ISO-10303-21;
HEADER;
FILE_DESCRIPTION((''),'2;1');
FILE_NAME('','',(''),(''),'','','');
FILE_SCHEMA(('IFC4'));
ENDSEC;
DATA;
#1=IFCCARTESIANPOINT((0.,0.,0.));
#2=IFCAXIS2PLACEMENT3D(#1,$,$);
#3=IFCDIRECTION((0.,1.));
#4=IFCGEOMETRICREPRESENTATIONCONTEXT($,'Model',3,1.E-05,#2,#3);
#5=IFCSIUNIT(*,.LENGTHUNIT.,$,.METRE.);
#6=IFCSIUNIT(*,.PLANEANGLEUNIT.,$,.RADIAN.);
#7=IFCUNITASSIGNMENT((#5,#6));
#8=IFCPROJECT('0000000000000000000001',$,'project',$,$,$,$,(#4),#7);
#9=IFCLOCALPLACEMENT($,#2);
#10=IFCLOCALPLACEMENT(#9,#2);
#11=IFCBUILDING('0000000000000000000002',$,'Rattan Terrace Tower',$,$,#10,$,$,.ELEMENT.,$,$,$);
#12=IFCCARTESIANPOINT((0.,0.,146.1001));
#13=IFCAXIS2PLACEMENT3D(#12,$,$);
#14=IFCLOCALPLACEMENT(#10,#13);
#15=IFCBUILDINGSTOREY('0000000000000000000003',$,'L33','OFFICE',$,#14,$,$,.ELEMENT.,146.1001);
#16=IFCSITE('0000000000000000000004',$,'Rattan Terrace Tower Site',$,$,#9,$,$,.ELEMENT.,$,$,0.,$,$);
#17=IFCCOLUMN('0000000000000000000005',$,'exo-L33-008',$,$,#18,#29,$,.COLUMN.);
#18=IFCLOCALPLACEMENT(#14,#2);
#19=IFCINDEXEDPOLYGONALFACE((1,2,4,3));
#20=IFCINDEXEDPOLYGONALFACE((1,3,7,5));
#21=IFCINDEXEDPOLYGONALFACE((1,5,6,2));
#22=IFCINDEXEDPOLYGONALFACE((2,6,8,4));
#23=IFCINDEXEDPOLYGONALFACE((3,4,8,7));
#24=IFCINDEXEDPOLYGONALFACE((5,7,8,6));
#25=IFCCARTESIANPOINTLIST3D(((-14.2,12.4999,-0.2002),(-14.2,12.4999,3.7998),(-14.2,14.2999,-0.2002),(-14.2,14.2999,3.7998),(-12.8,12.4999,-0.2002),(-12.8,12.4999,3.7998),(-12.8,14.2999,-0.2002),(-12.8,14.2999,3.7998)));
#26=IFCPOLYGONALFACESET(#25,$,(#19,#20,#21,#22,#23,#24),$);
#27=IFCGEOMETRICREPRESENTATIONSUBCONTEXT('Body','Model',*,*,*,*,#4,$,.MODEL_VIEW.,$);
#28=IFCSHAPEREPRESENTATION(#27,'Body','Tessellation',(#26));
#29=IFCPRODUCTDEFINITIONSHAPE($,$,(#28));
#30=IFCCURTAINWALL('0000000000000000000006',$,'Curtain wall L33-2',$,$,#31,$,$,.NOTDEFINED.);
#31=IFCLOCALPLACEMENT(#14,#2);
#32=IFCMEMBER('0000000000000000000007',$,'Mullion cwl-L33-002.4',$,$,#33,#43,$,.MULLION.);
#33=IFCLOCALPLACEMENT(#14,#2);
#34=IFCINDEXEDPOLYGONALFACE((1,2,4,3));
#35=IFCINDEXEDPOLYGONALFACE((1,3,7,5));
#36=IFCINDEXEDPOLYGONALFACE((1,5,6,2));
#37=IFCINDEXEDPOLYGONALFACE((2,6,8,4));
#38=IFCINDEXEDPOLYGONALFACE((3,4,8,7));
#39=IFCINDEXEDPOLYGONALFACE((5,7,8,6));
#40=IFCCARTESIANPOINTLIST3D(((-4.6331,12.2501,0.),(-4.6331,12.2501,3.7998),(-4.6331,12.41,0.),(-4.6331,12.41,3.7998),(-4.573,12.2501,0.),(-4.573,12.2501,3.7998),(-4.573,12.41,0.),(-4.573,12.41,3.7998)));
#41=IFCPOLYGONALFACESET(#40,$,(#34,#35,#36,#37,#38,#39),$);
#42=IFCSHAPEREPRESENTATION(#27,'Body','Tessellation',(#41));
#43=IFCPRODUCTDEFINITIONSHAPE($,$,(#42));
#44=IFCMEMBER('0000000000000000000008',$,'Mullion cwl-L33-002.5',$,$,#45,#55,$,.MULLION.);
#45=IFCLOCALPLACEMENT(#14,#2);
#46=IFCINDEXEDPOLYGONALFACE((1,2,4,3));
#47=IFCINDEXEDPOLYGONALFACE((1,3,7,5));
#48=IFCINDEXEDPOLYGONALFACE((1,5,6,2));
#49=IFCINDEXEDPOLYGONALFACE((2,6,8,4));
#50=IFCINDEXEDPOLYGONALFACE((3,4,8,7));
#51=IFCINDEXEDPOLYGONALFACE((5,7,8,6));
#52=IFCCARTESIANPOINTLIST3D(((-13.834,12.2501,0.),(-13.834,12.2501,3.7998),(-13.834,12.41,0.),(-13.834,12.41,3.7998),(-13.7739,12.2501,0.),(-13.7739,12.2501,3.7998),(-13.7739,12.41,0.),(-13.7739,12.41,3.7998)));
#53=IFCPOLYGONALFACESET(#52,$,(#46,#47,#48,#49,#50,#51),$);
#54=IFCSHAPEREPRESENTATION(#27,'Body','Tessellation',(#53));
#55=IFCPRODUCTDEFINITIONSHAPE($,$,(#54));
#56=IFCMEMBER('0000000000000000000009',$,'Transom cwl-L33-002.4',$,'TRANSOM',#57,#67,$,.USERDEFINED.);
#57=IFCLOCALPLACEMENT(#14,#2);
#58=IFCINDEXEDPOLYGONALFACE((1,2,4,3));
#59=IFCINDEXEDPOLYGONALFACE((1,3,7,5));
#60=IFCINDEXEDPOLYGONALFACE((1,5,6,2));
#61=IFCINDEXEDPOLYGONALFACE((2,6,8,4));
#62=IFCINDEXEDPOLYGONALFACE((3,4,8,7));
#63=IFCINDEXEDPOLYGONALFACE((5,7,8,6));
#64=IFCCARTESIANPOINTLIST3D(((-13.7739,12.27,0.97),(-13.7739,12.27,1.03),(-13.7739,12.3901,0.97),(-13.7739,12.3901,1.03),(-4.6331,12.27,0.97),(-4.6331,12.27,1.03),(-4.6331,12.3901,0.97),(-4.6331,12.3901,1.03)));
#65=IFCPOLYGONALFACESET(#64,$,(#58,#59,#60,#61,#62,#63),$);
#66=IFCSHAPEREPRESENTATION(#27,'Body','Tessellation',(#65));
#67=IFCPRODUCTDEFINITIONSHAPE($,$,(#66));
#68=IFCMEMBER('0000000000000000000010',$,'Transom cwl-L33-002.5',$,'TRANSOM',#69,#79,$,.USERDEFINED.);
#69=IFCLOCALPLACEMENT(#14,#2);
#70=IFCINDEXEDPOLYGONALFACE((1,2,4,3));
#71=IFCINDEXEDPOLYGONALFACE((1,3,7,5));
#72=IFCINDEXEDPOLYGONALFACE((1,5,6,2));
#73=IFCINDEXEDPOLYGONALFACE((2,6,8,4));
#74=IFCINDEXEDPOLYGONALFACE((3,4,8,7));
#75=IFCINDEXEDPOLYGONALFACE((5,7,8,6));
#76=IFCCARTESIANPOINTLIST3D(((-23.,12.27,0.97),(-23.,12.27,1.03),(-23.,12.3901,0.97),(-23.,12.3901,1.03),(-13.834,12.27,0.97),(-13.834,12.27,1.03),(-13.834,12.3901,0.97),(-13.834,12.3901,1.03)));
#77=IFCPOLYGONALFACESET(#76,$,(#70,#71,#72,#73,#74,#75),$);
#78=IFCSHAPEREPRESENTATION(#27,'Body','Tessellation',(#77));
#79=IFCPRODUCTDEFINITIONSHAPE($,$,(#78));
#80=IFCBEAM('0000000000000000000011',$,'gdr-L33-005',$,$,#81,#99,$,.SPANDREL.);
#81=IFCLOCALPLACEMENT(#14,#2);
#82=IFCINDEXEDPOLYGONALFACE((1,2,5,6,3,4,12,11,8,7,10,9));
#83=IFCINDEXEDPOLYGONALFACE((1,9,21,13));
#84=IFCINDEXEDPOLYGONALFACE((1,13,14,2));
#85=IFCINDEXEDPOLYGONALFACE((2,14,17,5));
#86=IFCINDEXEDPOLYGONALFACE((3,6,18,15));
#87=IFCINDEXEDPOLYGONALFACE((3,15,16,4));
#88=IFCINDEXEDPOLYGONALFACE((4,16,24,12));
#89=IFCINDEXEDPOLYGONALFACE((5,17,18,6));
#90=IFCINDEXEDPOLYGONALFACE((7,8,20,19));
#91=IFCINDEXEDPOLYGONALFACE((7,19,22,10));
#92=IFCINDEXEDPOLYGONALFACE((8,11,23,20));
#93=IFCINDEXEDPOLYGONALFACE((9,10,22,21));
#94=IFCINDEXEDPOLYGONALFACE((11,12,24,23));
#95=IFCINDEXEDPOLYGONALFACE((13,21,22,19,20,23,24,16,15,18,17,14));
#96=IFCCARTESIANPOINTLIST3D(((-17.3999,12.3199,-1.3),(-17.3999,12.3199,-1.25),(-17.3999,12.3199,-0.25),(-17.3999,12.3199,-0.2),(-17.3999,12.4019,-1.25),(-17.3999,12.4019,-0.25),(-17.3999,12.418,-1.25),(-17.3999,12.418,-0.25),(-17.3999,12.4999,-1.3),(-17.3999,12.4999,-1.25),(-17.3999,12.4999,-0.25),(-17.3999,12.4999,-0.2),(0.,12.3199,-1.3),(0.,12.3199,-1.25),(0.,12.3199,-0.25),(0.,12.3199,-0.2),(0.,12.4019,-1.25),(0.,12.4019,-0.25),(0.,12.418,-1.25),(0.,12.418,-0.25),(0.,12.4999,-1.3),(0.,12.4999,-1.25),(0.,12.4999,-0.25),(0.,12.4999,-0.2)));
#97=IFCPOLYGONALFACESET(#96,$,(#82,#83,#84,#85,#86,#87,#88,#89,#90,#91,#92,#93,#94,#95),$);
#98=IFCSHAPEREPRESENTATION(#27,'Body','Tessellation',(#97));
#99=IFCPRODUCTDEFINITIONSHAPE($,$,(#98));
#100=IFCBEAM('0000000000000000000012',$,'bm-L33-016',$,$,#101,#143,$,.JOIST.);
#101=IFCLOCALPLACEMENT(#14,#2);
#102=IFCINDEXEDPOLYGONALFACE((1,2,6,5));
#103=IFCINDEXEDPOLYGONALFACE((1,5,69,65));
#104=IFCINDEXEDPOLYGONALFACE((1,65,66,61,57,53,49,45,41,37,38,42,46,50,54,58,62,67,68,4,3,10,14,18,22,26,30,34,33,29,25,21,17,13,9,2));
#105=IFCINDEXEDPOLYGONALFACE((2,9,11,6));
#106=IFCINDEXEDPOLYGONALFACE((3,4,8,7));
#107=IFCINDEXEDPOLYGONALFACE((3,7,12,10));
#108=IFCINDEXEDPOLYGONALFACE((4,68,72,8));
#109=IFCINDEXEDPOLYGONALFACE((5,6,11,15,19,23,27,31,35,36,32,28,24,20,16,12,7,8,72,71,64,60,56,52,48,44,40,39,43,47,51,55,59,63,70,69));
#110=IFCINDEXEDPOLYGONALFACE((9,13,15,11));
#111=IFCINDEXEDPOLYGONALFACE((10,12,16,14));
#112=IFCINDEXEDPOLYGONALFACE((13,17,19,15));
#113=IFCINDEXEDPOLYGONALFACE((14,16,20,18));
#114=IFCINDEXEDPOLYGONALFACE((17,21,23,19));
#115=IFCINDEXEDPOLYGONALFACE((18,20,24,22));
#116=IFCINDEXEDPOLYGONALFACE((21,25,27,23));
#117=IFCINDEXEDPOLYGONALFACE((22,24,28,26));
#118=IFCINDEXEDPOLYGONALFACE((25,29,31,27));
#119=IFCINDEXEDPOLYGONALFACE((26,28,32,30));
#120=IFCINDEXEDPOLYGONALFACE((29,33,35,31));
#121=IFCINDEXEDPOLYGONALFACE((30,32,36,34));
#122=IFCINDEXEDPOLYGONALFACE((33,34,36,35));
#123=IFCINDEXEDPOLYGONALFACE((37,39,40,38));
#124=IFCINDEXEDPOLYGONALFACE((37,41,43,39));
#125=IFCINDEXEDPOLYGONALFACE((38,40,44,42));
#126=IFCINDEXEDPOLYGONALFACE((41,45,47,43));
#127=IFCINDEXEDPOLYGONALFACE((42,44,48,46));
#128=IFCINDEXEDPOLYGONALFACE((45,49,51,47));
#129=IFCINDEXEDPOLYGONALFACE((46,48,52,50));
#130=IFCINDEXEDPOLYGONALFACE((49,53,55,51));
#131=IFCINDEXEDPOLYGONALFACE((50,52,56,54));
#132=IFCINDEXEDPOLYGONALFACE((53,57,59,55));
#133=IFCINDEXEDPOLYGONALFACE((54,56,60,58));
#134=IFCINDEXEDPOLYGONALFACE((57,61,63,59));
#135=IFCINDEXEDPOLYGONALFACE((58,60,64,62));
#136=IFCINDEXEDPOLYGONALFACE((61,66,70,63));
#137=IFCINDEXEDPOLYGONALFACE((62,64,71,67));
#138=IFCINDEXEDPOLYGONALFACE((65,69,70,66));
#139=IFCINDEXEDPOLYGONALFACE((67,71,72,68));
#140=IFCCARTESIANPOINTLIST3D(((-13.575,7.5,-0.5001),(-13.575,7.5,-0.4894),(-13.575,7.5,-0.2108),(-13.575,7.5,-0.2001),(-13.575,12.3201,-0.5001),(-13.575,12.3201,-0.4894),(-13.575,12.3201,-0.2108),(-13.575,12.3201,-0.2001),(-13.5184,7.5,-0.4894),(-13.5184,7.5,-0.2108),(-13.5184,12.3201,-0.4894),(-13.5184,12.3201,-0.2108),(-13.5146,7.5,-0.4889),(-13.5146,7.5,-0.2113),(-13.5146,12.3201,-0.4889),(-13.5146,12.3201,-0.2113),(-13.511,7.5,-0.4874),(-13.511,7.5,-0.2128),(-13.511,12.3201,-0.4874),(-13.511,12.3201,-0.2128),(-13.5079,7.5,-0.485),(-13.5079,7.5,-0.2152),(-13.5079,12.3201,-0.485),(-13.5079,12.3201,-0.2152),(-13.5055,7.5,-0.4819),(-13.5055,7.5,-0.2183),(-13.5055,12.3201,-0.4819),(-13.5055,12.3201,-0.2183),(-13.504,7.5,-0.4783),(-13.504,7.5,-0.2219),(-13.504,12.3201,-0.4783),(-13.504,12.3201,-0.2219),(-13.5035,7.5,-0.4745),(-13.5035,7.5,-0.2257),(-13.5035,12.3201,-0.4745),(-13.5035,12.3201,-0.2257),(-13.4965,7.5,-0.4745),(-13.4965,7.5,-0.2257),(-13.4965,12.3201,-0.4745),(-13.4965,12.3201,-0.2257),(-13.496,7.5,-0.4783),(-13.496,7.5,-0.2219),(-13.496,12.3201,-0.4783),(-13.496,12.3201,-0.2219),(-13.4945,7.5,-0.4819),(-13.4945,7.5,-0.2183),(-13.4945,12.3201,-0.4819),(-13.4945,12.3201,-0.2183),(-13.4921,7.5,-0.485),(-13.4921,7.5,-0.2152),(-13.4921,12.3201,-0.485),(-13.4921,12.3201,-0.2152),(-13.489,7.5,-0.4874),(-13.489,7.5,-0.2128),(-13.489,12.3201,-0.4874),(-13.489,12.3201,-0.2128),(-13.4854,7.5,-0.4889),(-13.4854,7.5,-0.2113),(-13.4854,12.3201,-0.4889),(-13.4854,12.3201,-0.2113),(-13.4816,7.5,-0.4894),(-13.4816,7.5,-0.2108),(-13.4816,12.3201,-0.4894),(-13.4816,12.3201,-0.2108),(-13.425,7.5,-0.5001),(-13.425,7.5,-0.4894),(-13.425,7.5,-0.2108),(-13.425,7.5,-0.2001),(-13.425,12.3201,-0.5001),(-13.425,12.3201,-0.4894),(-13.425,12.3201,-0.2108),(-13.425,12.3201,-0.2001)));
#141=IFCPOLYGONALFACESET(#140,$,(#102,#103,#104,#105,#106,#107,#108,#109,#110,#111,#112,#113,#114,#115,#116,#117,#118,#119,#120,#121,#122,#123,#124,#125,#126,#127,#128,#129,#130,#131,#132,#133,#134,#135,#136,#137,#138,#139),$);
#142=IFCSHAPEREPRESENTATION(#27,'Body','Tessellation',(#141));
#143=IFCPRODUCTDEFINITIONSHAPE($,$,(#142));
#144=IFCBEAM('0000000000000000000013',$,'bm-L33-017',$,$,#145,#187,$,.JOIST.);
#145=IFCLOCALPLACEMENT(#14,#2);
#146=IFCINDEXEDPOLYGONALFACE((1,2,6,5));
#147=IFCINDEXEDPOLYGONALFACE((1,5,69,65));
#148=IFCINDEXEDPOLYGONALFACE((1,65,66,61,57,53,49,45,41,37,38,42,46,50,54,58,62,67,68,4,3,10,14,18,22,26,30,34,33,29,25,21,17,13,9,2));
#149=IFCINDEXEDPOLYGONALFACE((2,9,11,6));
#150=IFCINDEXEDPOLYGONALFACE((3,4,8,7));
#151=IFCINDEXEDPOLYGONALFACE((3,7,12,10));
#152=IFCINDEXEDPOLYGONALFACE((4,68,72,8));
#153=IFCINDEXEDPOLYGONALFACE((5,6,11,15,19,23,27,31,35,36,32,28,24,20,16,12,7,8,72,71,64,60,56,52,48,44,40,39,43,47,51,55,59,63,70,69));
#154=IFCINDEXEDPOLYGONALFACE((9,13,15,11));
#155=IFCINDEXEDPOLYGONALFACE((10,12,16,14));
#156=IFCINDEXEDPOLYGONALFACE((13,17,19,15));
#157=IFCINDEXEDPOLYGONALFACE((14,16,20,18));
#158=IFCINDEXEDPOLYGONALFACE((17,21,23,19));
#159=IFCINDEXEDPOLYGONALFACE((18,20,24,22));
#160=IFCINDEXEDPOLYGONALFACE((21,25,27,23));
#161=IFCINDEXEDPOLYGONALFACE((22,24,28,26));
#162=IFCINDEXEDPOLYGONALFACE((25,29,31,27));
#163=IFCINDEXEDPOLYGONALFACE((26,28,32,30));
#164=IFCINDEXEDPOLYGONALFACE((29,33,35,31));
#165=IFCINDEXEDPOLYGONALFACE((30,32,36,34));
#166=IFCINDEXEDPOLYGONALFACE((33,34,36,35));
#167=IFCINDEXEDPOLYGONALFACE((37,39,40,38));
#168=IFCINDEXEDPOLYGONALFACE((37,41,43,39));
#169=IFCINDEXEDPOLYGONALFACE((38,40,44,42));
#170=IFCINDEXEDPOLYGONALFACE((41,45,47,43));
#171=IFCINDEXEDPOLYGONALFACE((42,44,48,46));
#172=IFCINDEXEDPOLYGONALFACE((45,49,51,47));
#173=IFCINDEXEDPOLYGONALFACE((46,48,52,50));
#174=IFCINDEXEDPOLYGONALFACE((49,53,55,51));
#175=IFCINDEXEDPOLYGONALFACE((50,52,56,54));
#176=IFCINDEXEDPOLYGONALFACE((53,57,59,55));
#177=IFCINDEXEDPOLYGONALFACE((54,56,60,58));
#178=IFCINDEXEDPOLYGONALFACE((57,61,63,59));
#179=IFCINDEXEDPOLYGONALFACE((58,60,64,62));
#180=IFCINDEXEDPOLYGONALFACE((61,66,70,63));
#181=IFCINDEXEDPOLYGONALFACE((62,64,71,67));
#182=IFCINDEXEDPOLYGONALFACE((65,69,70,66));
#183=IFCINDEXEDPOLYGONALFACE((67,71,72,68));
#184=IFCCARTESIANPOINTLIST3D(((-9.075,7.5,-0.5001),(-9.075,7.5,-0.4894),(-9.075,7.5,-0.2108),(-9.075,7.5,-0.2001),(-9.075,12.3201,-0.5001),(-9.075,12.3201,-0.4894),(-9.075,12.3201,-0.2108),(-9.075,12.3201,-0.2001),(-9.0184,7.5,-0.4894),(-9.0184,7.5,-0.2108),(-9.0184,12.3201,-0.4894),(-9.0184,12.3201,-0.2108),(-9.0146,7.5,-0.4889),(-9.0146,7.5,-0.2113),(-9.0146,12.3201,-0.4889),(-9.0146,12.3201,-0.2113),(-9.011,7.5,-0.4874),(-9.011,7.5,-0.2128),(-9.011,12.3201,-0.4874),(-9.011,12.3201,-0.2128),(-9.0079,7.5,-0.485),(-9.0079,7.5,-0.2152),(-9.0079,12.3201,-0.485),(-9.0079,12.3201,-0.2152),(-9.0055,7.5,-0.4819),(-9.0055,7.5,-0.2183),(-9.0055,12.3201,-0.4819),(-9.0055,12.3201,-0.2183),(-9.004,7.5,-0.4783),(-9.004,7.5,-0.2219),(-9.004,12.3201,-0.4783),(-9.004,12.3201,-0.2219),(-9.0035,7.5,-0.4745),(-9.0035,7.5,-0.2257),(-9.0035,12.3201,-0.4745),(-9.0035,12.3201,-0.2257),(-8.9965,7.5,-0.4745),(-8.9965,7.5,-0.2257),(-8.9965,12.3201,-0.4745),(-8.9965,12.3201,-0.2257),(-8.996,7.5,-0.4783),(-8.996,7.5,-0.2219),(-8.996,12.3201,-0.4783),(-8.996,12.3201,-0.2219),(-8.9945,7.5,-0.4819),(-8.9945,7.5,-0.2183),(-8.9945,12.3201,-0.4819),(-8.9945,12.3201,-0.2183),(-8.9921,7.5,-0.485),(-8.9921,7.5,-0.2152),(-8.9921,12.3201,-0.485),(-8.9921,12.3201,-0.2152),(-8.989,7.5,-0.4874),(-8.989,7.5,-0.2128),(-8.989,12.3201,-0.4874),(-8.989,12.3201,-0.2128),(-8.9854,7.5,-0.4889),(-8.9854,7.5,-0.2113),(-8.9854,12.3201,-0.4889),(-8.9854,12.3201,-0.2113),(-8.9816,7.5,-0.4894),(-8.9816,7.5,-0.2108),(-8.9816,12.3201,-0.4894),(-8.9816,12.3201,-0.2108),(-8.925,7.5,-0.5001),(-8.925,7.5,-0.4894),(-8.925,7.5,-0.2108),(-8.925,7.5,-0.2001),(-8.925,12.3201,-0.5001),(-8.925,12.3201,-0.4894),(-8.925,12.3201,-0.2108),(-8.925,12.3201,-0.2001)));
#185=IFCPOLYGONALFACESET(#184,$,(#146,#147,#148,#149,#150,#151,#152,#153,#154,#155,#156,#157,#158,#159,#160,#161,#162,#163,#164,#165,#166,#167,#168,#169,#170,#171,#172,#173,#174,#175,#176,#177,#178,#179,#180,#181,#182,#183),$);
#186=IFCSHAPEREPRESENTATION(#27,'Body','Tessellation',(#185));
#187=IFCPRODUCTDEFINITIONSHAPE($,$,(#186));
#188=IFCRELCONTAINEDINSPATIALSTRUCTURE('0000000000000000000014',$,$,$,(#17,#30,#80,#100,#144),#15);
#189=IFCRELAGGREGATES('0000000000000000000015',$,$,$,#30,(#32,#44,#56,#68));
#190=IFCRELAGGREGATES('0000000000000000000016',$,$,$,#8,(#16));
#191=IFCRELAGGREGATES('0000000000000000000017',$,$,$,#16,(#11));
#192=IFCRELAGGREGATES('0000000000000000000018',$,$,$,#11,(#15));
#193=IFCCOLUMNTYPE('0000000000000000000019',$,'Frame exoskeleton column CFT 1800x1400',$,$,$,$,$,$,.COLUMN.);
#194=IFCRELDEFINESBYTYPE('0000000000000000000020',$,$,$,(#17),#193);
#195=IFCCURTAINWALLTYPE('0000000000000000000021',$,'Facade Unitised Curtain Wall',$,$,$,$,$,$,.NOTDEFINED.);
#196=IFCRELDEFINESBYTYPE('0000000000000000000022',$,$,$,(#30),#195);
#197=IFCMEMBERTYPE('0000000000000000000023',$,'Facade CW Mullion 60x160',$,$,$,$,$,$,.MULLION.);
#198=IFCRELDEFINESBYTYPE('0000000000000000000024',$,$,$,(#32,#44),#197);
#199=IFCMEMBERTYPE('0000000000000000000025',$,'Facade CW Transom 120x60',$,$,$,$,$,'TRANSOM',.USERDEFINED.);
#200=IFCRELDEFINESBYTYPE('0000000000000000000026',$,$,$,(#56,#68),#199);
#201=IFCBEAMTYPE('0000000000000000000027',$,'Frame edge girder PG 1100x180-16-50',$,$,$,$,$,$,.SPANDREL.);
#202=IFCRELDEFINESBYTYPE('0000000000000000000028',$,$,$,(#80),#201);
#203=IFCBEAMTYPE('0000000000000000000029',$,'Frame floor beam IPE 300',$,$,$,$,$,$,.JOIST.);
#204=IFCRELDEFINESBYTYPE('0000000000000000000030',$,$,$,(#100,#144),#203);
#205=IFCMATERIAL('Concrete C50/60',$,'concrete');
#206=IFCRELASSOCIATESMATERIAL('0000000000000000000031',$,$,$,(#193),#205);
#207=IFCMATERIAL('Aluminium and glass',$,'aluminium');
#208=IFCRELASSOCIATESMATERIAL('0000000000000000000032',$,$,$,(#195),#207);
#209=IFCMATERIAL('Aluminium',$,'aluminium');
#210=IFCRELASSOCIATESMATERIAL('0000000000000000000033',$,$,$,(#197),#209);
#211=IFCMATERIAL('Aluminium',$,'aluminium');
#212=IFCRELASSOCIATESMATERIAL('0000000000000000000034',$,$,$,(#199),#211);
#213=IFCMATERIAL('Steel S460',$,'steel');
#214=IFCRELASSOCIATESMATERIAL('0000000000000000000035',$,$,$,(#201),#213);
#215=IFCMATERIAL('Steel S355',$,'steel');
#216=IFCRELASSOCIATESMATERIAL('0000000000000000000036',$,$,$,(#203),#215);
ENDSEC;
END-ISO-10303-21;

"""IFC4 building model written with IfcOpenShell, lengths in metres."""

from ifc_helpers import new_model, si_unit, direction, frame, origin, origin_2d, place, context, subcontext, project, spatial, rectangle, i_section, extrude, material, material_profile, profile_set, type_object, element, aggregate, save


model = new_model("IFC4")

# Units and contexts
model_context = context("Model", 3, precision=1e-05, world=origin(), true_north=direction((0.0, 1.0)))
body_context = subcontext(model_context, "Body", "Model", "MODEL_VIEW")
ifc_project = project(units=[si_unit("LENGTHUNIT", "METRE"), si_unit("PLANEANGLEUNIT", "RADIAN")], contexts=[model_context])

# Site, building, storey
site_placement = place(None, origin())
site = spatial("IfcSite", under=ifc_project, at=site_placement, Name="Rattan Terrace Tower Site", CompositionType="ELEMENT", RefElevation=0.0)
building_placement = place(site_placement, origin())
building = spatial("IfcBuilding", under=site, at=building_placement, Name="Rattan Terrace Tower", CompositionType="ELEMENT")
storey_placement = place(building_placement, frame((0.0, 0.0, 146.1001)))
storey = spatial("IfcBuildingStorey", under=building, at=storey_placement, Name="L33", Description="OFFICE", CompositionType="ELEMENT", Elevation=146.1001)

# Column
ifc_material_1 = material(Name="Concrete C50/60", Category="concrete")
ifc_material_profile_1 = material_profile(ifc_material_1, rectangle(XDim=1.3999, YDim=1.8, at=origin_2d()), Name="CFT 1800x1400")
ifc_profile_set_1 = profile_set([ifc_material_profile_1], Name="Concrete C50/60")
column_type = type_object("IfcColumnType", Name="Frame exoskeleton column CFT 1800x1400", PredefinedType="COLUMN", material=ifc_profile_set_1)
column_placement = place(storey_placement, frame((-13.5, 13.3999, -0.2002), z_axis=(0.0, 0.0, 1.0), x_axis=(1.0, 0.0, 0.0)))
element("IfcColumn", 1, at=column_placement, inside=storey, type_object=column_type, Name="exo-L33-008", PredefinedType="COLUMN", context=body_context, shape_type="SweptSolid", body=[
    extrude(rectangle(XDim=1.3999, YDim=1.8, at=origin_2d()), origin(), (0.0, 0.0, 1.0), 4.0),
])

# Curtain wall, members
ifc_material_2 = material(Name="Aluminium and glass", Category="aluminium")
curtain_wall_type = type_object("IfcCurtainWallType", Name="Facade Unitised Curtain Wall", PredefinedType="NOTDEFINED", material=ifc_material_2)
curtain_wall_placement = place(storey_placement, origin())
curtain_wall = element("IfcCurtainWall", 2, at=curtain_wall_placement, inside=storey, type_object=curtain_wall_type, Name="Curtain wall L33-2", PredefinedType="NOTDEFINED")
ifc_material_3 = material(Name="Aluminium", Category="aluminium")
ifc_material_profile_2 = material_profile(ifc_material_3, rectangle(XDim=0.0601, YDim=0.1599, at=origin_2d()), Name="Aluminium 60x160")
ifc_profile_set_2 = profile_set([ifc_material_profile_2], Name="Aluminium")
member_type_1 = type_object("IfcMemberType", Name="Facade CW Mullion 60x160", PredefinedType="MULLION", material=ifc_profile_set_2)
member_1_placement = place(storey_placement, frame((-4.603, 12.3301, 0.0), z_axis=(0.0, 0.0, 1.0), x_axis=(-1.0, 0.0, 0.0)))
member_1 = element("IfcMember", 3, at=member_1_placement, type_object=member_type_1, Name="Mullion cwl-L33-002.4", PredefinedType="MULLION", context=body_context, shape_type="SweptSolid", body=[
    extrude(rectangle(XDim=0.0601, YDim=0.1599, at=origin_2d()), origin(), (0.0, 0.0, 1.0), 3.7998),
])
member_2_placement = place(storey_placement, frame((-13.804, 12.3301, 0.0), z_axis=(0.0, 0.0, 1.0), x_axis=(-1.0, 0.0, 0.0)))
member_2 = element("IfcMember", 4, at=member_2_placement, type_object=member_type_1, Name="Mullion cwl-L33-002.5", PredefinedType="MULLION", context=body_context, shape_type="SweptSolid", body=[
    extrude(rectangle(XDim=0.0601, YDim=0.1599, at=origin_2d()), origin(), (0.0, 0.0, 1.0), 3.7998),
])
ifc_material_4 = material(Name="Aluminium", Category="aluminium")
ifc_material_profile_3 = material_profile(ifc_material_4, rectangle(XDim=0.1201, YDim=0.0601, at=origin_2d()), Name="Aluminium 120x60")
ifc_profile_set_3 = profile_set([ifc_material_profile_3], Name="Aluminium")
member_type_2 = type_object("IfcMemberType", Name="Facade CW Transom 120x60", ElementType="TRANSOM", PredefinedType="USERDEFINED", material=ifc_profile_set_3)
member_3_placement = place(storey_placement, frame((-4.6331, 12.3301, 1.0), z_axis=(-1.0, 0.0, 0.0), x_axis=(0.0, -1.0, 0.0)))
member_3 = element("IfcMember", 5, at=member_3_placement, type_object=member_type_2, Name="Transom cwl-L33-002.4", ObjectType="TRANSOM", PredefinedType="USERDEFINED", context=body_context, shape_type="SweptSolid", body=[
    extrude(rectangle(XDim=0.1201, YDim=0.0601, at=origin_2d()), origin(), (0.0, 0.0, 1.0), 9.1409),
])
member_4_placement = place(storey_placement, frame((-13.834, 12.3301, 1.0), z_axis=(-1.0, 0.0, 0.0), x_axis=(0.0, -1.0, 0.0)))
member_4 = element("IfcMember", 6, at=member_4_placement, type_object=member_type_2, Name="Transom cwl-L33-002.5", ObjectType="TRANSOM", PredefinedType="USERDEFINED", context=body_context, shape_type="SweptSolid", body=[
    extrude(rectangle(XDim=0.1201, YDim=0.0601, at=origin_2d()), origin(), (0.0, 0.0, 1.0), 9.166),
])

# Beams
ifc_material_5 = material(Name="Steel S460", Category="steel")
ifc_material_profile_4 = material_profile(ifc_material_5, i_section(OverallWidth=0.1799, OverallDepth=1.1001, WebThickness=0.0161, FlangeThickness=0.05, at=origin_2d()), Name="PG 1100x180-16-50")
ifc_profile_set_4 = profile_set([ifc_material_profile_4], Name="Steel S460")
beam_type_1 = type_object("IfcBeamType", Name="Frame edge girder PG 1100x180-16-50", PredefinedType="SPANDREL", material=ifc_profile_set_4)
beam_placement = place(storey_placement, frame((-17.3999, 12.4099, -0.75), z_axis=(1.0, 0.0, 0.0), x_axis=(0.0, 1.0, 0.0)))
element("IfcBeam", 7, at=beam_placement, inside=storey, type_object=beam_type_1, Name="gdr-L33-005", PredefinedType="SPANDREL", context=body_context, shape_type="SweptSolid", body=[
    extrude(i_section(OverallWidth=0.1799, OverallDepth=1.1001, WebThickness=0.0161, FlangeThickness=0.05, at=origin_2d()), origin(), (0.0, 0.0, 1.0), 17.3999),
])
ifc_material_6 = material(Name="Steel S355", Category="steel")
ifc_material_profile_5 = material_profile(ifc_material_6, i_section(OverallWidth=0.1499, OverallDepth=0.3, WebThickness=0.0071, FlangeThickness=0.0107, FilletRadius=0.0149, at=origin_2d()), Name="IPE 300")
ifc_profile_set_5 = profile_set([ifc_material_profile_5], Name="Steel S355")
beam_type_2 = type_object("IfcBeamType", Name="Frame floor beam IPE 300", PredefinedType="JOIST", material=ifc_profile_set_5)
for number, where, z_axis, x_axis, name in (
    (8, (-13.5, 7.5, -0.3501), (0.0, 1.0, 0.0), (-1.0, 0.0, 0.0), "bm-L33-016"),
    (9, (-9.0, 7.5, -0.3501), (0.0, 1.0, 0.0), (-1.0, 0.0, 0.0), "bm-L33-017"),
):
    element("IfcBeam", number, at=place(storey_placement, frame(where, z_axis=z_axis, x_axis=x_axis)), inside=storey, type_object=beam_type_2, Name=name, PredefinedType="JOIST", context=body_context, shape_type="SweptSolid", body=[
        extrude(i_section(OverallWidth=0.1499, OverallDepth=0.3, WebThickness=0.0071, FlangeThickness=0.0107, FilletRadius=0.0149, at=origin_2d()), origin(), (0.0, 0.0, 1.0), 4.8201),
    ])

aggregate(curtain_wall, [member_1, member_2, member_3, member_4])

save(model, "model.ifc")
